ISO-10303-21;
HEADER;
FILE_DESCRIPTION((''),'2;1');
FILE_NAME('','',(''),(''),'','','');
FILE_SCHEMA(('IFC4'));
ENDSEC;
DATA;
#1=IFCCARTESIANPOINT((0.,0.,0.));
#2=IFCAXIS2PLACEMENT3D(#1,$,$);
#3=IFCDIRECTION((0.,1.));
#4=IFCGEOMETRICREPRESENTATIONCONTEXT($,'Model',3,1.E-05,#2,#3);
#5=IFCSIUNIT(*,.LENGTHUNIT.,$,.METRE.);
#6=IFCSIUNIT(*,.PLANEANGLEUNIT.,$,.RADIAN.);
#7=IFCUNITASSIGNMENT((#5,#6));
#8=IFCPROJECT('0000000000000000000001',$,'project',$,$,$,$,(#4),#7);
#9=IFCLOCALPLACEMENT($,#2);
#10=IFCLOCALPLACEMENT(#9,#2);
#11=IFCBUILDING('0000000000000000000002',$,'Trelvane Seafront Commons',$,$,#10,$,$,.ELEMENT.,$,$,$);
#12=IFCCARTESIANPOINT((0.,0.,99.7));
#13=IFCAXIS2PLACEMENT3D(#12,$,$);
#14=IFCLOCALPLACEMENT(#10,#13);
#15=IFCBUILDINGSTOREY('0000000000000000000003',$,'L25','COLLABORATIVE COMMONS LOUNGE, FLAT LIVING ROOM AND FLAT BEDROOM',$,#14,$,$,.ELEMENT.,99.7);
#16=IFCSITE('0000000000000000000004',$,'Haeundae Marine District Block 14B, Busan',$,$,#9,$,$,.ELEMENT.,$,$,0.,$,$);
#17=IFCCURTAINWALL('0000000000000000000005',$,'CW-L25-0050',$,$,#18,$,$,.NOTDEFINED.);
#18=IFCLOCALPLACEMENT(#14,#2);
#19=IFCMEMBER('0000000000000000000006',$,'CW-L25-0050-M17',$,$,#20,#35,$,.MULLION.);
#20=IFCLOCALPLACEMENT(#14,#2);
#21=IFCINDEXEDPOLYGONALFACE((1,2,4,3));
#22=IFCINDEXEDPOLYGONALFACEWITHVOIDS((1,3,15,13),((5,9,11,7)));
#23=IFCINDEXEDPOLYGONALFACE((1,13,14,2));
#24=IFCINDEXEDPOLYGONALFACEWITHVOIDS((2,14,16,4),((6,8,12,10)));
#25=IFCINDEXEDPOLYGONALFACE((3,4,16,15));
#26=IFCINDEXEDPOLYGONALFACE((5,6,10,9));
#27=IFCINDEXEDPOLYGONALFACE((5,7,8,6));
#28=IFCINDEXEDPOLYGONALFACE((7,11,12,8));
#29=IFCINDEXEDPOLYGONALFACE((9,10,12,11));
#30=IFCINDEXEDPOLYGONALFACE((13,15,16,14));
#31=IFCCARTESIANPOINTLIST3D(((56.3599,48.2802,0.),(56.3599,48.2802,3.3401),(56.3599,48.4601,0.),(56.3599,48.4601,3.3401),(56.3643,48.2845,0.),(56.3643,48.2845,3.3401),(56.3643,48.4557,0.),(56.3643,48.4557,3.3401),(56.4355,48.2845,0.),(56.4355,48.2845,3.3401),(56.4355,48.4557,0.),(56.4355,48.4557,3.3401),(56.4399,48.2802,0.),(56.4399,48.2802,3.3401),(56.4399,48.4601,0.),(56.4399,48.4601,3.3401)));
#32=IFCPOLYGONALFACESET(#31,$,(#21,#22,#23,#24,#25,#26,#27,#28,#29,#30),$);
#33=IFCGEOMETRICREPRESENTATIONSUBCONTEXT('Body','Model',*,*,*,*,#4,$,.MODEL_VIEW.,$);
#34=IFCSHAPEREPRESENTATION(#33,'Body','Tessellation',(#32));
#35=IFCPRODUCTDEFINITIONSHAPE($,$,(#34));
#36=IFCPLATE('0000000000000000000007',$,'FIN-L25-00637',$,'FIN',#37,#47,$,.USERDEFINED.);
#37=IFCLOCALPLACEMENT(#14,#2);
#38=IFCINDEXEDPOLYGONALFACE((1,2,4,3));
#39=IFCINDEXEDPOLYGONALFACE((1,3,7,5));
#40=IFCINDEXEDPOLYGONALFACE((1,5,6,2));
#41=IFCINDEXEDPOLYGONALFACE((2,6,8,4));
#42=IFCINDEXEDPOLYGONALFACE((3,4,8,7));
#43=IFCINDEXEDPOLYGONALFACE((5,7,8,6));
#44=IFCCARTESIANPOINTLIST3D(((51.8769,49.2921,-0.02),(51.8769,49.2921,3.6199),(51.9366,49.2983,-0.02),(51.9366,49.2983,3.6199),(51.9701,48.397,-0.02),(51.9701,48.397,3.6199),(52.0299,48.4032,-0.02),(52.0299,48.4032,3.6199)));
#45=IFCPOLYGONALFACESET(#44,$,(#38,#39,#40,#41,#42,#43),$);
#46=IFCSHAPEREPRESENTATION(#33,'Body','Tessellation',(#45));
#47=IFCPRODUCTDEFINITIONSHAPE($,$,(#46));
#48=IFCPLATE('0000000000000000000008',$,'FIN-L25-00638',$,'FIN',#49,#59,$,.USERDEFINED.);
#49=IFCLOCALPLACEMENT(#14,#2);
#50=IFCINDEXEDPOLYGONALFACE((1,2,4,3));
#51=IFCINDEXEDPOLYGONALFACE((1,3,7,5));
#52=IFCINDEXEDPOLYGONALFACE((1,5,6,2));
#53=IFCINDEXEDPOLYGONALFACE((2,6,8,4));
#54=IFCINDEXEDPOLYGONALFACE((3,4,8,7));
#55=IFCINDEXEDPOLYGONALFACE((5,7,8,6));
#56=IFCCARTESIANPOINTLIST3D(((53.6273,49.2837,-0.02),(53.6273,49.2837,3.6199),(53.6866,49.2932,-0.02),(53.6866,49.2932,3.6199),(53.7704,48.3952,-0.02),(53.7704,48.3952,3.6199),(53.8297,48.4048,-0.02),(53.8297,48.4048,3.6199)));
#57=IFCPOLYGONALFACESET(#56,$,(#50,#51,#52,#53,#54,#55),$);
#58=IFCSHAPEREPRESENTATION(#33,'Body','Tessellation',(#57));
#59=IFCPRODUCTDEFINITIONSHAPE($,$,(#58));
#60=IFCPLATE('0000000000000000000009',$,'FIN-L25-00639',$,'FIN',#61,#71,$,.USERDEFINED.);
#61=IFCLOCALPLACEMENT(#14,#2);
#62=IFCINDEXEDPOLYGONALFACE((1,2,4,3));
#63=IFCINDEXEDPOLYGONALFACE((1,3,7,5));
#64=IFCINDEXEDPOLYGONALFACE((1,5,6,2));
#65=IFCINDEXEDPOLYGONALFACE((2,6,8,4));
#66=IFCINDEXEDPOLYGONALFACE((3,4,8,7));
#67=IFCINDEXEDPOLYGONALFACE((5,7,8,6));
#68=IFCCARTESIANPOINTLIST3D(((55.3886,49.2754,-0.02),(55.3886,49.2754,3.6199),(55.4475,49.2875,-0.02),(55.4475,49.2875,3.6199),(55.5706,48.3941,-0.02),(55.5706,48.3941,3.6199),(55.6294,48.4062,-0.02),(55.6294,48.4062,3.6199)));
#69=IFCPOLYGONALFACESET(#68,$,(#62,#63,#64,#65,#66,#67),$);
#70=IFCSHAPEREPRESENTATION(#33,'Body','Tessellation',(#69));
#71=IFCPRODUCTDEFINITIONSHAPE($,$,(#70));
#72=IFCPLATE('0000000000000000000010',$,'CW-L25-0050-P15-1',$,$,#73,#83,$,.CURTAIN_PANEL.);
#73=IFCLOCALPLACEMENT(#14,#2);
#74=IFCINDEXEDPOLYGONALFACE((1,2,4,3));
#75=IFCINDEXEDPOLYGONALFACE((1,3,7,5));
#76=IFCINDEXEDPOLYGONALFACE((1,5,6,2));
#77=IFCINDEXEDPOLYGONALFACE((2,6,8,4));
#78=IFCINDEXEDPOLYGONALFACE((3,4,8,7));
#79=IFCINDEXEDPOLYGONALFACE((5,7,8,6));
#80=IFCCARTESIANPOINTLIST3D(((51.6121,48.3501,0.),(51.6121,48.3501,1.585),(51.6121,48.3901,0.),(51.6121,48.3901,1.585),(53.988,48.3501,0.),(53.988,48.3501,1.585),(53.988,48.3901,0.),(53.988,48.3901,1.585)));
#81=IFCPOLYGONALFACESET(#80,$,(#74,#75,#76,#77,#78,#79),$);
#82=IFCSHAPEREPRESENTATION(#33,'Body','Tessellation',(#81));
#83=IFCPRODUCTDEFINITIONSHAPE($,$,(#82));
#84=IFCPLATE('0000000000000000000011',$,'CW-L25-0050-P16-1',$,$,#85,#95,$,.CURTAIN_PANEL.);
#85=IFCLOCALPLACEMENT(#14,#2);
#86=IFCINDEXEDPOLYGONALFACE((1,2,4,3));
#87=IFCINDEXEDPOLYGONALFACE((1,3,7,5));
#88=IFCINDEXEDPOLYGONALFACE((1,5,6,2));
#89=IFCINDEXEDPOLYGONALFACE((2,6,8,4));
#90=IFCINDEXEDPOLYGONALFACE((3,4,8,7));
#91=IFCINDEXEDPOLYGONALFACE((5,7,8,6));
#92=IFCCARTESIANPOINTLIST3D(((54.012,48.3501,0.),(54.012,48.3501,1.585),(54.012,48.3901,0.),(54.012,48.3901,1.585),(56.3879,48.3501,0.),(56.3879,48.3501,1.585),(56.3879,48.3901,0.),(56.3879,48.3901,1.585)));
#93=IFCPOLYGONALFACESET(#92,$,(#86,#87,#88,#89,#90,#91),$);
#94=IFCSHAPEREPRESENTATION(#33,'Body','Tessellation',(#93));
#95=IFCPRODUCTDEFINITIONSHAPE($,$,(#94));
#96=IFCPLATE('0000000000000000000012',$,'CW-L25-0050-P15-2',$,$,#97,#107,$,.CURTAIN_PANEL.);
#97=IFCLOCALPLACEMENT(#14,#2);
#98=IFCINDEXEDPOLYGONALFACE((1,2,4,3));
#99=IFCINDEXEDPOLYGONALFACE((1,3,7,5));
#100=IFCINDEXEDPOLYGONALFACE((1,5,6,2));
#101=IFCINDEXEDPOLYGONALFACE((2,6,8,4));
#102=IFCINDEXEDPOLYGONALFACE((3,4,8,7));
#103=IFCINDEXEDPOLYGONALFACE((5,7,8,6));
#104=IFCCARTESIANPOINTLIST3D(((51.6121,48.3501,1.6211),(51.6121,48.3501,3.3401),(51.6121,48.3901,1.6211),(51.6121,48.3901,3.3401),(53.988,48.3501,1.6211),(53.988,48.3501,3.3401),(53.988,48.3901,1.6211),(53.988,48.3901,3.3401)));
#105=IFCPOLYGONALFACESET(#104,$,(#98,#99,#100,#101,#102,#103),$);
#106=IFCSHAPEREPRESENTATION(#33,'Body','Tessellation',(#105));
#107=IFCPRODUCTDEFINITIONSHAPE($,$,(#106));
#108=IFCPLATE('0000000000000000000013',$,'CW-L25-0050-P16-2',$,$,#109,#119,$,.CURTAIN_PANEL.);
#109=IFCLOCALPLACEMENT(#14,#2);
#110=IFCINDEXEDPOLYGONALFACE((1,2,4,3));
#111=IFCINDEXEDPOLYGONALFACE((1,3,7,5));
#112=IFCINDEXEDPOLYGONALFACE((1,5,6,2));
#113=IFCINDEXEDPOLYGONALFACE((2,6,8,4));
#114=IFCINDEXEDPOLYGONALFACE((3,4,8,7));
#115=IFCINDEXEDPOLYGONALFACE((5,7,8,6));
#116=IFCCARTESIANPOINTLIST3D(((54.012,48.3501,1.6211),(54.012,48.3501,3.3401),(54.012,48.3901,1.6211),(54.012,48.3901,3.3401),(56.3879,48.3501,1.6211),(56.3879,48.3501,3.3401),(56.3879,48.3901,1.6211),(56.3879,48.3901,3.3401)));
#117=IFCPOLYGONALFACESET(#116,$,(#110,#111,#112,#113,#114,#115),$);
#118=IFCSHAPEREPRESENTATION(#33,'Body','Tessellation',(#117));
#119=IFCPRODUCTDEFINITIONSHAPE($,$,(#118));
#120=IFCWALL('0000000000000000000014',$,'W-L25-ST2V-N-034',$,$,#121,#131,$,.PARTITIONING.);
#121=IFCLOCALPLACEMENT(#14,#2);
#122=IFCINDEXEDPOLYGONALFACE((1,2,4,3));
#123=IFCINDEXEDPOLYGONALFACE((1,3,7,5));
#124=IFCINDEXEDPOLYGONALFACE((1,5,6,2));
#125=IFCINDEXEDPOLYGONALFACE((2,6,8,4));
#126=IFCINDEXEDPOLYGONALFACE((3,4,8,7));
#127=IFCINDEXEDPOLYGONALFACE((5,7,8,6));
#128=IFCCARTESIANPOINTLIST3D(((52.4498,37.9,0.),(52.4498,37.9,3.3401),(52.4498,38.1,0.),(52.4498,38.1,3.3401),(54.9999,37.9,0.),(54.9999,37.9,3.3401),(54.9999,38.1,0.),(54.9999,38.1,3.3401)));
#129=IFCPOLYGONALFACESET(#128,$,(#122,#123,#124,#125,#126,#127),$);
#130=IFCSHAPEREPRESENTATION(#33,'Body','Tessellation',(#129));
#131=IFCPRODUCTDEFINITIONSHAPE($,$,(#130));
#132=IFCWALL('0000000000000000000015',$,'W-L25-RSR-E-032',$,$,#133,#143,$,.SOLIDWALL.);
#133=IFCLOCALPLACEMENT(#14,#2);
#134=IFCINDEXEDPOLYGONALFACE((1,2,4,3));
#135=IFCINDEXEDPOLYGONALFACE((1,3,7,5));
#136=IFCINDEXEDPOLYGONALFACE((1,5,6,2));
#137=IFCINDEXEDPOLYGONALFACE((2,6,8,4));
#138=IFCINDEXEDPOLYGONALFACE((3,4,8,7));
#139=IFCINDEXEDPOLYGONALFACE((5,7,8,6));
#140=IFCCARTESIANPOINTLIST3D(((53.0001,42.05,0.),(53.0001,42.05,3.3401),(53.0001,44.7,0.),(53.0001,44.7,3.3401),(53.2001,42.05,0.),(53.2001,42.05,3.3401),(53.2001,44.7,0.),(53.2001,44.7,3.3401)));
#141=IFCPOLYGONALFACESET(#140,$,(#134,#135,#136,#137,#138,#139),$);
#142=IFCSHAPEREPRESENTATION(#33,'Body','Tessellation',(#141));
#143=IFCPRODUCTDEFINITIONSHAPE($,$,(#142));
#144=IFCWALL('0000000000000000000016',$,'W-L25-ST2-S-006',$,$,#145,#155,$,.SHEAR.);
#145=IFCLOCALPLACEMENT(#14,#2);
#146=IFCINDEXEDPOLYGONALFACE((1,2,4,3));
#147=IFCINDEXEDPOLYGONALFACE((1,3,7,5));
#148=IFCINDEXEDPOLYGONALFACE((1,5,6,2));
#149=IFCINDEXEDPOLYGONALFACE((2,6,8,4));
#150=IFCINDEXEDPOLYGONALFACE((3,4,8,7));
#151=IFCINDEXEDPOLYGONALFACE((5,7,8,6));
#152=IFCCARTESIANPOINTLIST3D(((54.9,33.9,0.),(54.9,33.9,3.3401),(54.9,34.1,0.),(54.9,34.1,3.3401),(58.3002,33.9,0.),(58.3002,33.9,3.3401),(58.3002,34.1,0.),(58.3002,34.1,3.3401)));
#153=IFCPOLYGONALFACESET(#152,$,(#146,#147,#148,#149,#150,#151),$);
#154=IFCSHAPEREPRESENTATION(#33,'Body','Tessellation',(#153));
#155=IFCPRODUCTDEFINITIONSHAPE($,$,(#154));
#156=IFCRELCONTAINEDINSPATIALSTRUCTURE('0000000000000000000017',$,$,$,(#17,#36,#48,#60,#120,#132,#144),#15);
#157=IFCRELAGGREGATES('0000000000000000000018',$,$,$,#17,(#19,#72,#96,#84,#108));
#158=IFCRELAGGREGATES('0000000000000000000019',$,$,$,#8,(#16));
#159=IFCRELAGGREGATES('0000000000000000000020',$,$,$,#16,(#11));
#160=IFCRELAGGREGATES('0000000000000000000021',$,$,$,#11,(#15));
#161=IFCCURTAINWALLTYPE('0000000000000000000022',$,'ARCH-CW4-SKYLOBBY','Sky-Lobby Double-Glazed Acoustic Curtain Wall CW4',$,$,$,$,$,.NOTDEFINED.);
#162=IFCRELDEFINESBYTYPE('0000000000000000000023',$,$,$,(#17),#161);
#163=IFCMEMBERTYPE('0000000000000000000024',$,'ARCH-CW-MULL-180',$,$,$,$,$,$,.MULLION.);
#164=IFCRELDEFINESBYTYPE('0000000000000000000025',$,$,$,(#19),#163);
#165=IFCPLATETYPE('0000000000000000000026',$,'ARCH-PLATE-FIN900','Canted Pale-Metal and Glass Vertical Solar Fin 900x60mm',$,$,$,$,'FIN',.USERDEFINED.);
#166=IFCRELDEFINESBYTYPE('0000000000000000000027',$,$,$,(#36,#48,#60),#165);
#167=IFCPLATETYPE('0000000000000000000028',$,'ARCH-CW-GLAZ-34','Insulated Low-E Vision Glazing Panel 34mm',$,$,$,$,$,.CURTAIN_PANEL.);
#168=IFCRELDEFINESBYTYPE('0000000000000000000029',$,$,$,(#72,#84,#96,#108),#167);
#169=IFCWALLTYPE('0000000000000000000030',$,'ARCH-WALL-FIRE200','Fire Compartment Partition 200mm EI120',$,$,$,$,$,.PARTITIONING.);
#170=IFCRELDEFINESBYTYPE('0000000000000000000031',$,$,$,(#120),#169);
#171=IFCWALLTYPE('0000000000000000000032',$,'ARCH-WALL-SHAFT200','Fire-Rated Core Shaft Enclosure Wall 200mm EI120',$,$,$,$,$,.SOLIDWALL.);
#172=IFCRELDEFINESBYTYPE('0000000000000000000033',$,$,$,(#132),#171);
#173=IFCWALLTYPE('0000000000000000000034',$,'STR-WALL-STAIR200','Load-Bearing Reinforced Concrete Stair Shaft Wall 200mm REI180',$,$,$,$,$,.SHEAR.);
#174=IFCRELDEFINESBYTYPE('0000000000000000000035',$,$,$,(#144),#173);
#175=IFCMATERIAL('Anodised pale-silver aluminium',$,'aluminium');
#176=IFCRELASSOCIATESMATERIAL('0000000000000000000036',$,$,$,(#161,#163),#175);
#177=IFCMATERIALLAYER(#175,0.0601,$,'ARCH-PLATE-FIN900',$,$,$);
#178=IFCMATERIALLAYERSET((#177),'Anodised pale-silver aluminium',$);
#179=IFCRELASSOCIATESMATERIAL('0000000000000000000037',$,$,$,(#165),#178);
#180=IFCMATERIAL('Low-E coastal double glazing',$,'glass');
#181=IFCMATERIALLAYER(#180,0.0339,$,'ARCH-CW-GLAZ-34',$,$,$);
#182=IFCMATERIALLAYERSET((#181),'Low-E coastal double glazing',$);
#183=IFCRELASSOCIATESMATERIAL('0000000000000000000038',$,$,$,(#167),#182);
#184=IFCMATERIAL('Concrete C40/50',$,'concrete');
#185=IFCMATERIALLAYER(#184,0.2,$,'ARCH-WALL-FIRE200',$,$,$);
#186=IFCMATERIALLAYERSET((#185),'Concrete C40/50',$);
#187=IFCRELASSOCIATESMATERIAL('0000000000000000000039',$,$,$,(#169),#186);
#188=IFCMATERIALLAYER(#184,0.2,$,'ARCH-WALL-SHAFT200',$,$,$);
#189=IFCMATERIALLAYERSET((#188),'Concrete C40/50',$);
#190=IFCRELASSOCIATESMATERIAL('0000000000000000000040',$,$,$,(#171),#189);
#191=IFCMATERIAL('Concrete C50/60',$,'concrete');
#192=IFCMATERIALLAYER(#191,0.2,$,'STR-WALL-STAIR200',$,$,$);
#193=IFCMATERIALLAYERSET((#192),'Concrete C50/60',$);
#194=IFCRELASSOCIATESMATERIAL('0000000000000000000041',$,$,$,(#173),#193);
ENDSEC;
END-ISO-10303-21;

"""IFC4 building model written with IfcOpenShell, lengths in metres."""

from ifc_helpers import new_model, si_unit, direction, frame, frame_2d, origin, origin_2d, place, context, subcontext, project, spatial, rectangle, hollow_rectangle, extrude, source, transform, mapped, material, layer, layer_set, material_profile, profile_set, type_object, element, aggregate, save


model = new_model("IFC4")

# Units and contexts
model_context = context("Model", 3, precision=1e-05, world=origin(), true_north=direction((0.0, 1.0)))
body_context = subcontext(model_context, "Body", "Model", "MODEL_VIEW")
ifc_project = project(units=[si_unit("LENGTHUNIT", "METRE"), si_unit("PLANEANGLEUNIT", "RADIAN")], contexts=[model_context])

# Site, building, storey
site_placement = place(None, origin())
site = spatial("IfcSite", under=ifc_project, at=site_placement, Name="Haeundae Marine District Block 14B, Busan", CompositionType="ELEMENT", RefElevation=0.0)
building_placement = place(site_placement, origin())
building = spatial("IfcBuilding", under=site, at=building_placement, Name="Trelvane Seafront Commons", CompositionType="ELEMENT")
storey_placement = place(building_placement, frame((0.0, 0.0, 99.7)))
storey = spatial("IfcBuildingStorey", under=building, at=storey_placement, Name="L25", Description="COLLABORATIVE COMMONS LOUNGE, FLAT LIVING ROOM AND FLAT BEDROOM", CompositionType="ELEMENT", Elevation=99.7)

# Curtain wall, member
ifc_material_1 = material(Name="Anodised pale-silver aluminium", Category="aluminium")
curtain_wall_type = type_object("IfcCurtainWallType", Name="ARCH-CW4-SKYLOBBY", Description="Sky-Lobby Double-Glazed Acoustic Curtain Wall CW4", PredefinedType="NOTDEFINED", material=ifc_material_1)
curtain_wall_placement = place(storey_placement, origin())
curtain_wall = element("IfcCurtainWall", 1, at=curtain_wall_placement, inside=storey, type_object=curtain_wall_type, Name="CW-L25-0050", PredefinedType="NOTDEFINED")
ifc_material_profile_1 = material_profile(ifc_material_1, hollow_rectangle(XDim=0.0801, YDim=0.1799, WallThickness=0.0044, at=origin_2d()), Name="MULL-80x180x4.5")
ifc_profile_set_1 = profile_set([ifc_material_profile_1], Name="Anodised pale-silver aluminium")
member_type_1 = type_object("IfcMemberType", Name="ARCH-CW-MULL-180", PredefinedType="MULLION", material=ifc_profile_set_1)
shared_shape_1 = source(origin(), body_context, "Body", "SweptSolid", [
    extrude(hollow_rectangle(XDim=0.0801, YDim=0.1799, WallThickness=0.0044, at=origin_2d()), origin(), (0.0, 0.0, 1.0), 3.3401),
])
member_1_placement = place(storey_placement, frame((56.3999, 48.3701, 0.0), z_axis=(0.0, 0.0, 1.0), x_axis=(1.0, 0.0, 0.0)))
member_1 = element("IfcMember", 2, at=member_1_placement, type_object=member_type_1, Name="CW-L25-0050-M17", PredefinedType="MULLION", context=body_context, shape_type="MappedRepresentation", body=[
    mapped(shared_shape_1, transform((0.0, 0.0, 0.0), x_axis=(1.0, 0.0, 0.0), y_axis=(0.0, 1.0, 0.0), z_axis=(0.0, 0.0, 1.0), scale=1.0)),
])

# Plates
ifc_layer_1 = layer(ifc_material_1, 0.0601, Name="ARCH-PLATE-FIN900")
ifc_layer_set_1 = layer_set([ifc_layer_1], Name="Anodised pale-silver aluminium")
plate_type_1 = type_object("IfcPlateType", Name="ARCH-PLATE-FIN900", Description="Canted Pale-Metal and Glass Vertical Solar Fin 900x60mm", ElementType="FIN", PredefinedType="USERDEFINED", material=ifc_layer_set_1)
shared_shape_2 = source(origin(), body_context, "Body", "SweptSolid", [
    extrude(rectangle(XDim=0.8999, YDim=0.0601, at=origin_2d()), origin(), (0.0, 0.0, 1.0), 3.6399),
])
for number, where, z_axis, x_axis, name in (
    (3, (51.9534, 48.8477, -0.02), (0.0, 0.0, 1.0), (-0.103661, 0.994613, 0.0), "FIN-L25-00637"),
    (4, (53.7285, 48.8442, -0.02), (0.0, 0.0, 1.0), (-0.158992, 0.98728, 0.0), "FIN-L25-00638"),
    (5, (55.509, 48.8408, -0.02), (0.0, 0.0, 1.0), (-0.202223, 0.979339, 0.0), "FIN-L25-00639"),
):
    element("IfcPlate", number, at=place(storey_placement, frame(where, z_axis=z_axis, x_axis=x_axis)), inside=storey, type_object=plate_type_1, Name=name, ObjectType="FIN", PredefinedType="USERDEFINED", context=body_context, shape_type="MappedRepresentation", body=[
        mapped(shared_shape_2, transform((0.0, 0.0, 0.0), x_axis=(1.0, 0.0, 0.0), y_axis=(0.0, 1.0, 0.0), z_axis=(0.0, 0.0, 1.0), scale=1.0)),
    ])

# Plates
ifc_material_2 = material(Name="Low-E coastal double glazing", Category="glass")
ifc_layer_2 = layer(ifc_material_2, 0.0339, Name="ARCH-CW-GLAZ-34")
ifc_layer_set_2 = layer_set([ifc_layer_2], Name="Low-E coastal double glazing")
plate_type_2 = type_object("IfcPlateType", Name="ARCH-CW-GLAZ-34", Description="Insulated Low-E Vision Glazing Panel 34mm", PredefinedType="CURTAIN_PANEL", material=ifc_layer_set_2)
shared_shape_3 = source(origin(), body_context, "Body", "SweptSolid", [
    extrude(rectangle(XDim=2.376, YDim=0.04, at=origin_2d()), origin(), (0.0, 0.0, 1.0), 1.585),
])
plate_1_placement = place(storey_placement, frame((52.8, 48.3701, 0.0), z_axis=(0.0, 0.0, 1.0), x_axis=(1.0, 0.0, 0.0)))
plate_1 = element("IfcPlate", 6, at=plate_1_placement, type_object=plate_type_2, Name="CW-L25-0050-P15-1", PredefinedType="CURTAIN_PANEL", context=body_context, shape_type="MappedRepresentation", body=[
    mapped(shared_shape_3, transform((0.0, 0.0, 0.0), x_axis=(1.0, 0.0, 0.0), y_axis=(0.0, 1.0, 0.0), z_axis=(0.0, 0.0, 1.0), scale=1.0)),
])
plate_2_placement = place(storey_placement, frame((55.2, 48.3701, 0.0), z_axis=(0.0, 0.0, 1.0), x_axis=(1.0, 0.0, 0.0)))
plate_2 = element("IfcPlate", 7, at=plate_2_placement, type_object=plate_type_2, Name="CW-L25-0050-P16-1", PredefinedType="CURTAIN_PANEL", context=body_context, shape_type="MappedRepresentation", body=[
    mapped(shared_shape_3, transform((0.0, 0.0, 0.0), x_axis=(1.0, 0.0, 0.0), y_axis=(0.0, 1.0, 0.0), z_axis=(0.0, 0.0, 1.0), scale=1.0)),
])
shared_shape_4 = source(origin(), body_context, "Body", "SweptSolid", [
    extrude(rectangle(XDim=2.376, YDim=0.04, at=origin_2d()), origin(), (0.0, 0.0, 1.0), 1.719),
])
plate_3_placement = place(storey_placement, frame((52.8, 48.3701, 1.6211), z_axis=(0.0, 0.0, 1.0), x_axis=(1.0, 0.0, 0.0)))
plate_3 = element("IfcPlate", 8, at=plate_3_placement, type_object=plate_type_2, Name="CW-L25-0050-P15-2", PredefinedType="CURTAIN_PANEL", context=body_context, shape_type="MappedRepresentation", body=[
    mapped(shared_shape_4, transform((0.0, 0.0, 0.0), x_axis=(1.0, 0.0, 0.0), y_axis=(0.0, 1.0, 0.0), z_axis=(0.0, 0.0, 1.0), scale=1.0)),
])
plate_4_placement = place(storey_placement, frame((55.2, 48.3701, 1.6211), z_axis=(0.0, 0.0, 1.0), x_axis=(1.0, 0.0, 0.0)))
plate_4 = element("IfcPlate", 9, at=plate_4_placement, type_object=plate_type_2, Name="CW-L25-0050-P16-2", PredefinedType="CURTAIN_PANEL", context=body_context, shape_type="MappedRepresentation", body=[
    mapped(shared_shape_4, transform((0.0, 0.0, 0.0), x_axis=(1.0, 0.0, 0.0), y_axis=(0.0, 1.0, 0.0), z_axis=(0.0, 0.0, 1.0), scale=1.0)),
])
aggregate(curtain_wall, [member_1, plate_1, plate_3, plate_2, plate_4])

# Walls
ifc_material_3 = material(Name="Concrete C40/50", Category="concrete")
ifc_layer_3 = layer(ifc_material_3, 0.2, Name="ARCH-WALL-FIRE200")
ifc_layer_set_3 = layer_set([ifc_layer_3], Name="Concrete C40/50")
wall_type_1 = type_object("IfcWallType", Name="ARCH-WALL-FIRE200", Description="Fire Compartment Partition 200mm EI120", PredefinedType="PARTITIONING", material=ifc_layer_set_3)
wall_1_placement = place(storey_placement, frame((52.45, 38.0, 0.0), z_axis=(0.0, 0.0, 1.0), x_axis=(1.0, 0.0, 0.0)))
element("IfcWall", 10, at=wall_1_placement, inside=storey, type_object=wall_type_1, Name="W-L25-ST2V-N-034", PredefinedType="PARTITIONING", context=body_context, shape_type="SweptSolid", body=[
    extrude(rectangle(XDim=2.55, YDim=0.2, at=frame_2d((1.2749, 0.0))), origin(), (0.0, 0.0, 1.0), 3.3401),
])
ifc_layer_4 = layer(ifc_material_3, 0.2, Name="ARCH-WALL-SHAFT200")
ifc_layer_set_4 = layer_set([ifc_layer_4], Name="Concrete C40/50")
wall_type_2 = type_object("IfcWallType", Name="ARCH-WALL-SHAFT200", Description="Fire-Rated Core Shaft Enclosure Wall 200mm EI120", PredefinedType="SOLIDWALL", material=ifc_layer_set_4)
wall_2_placement = place(storey_placement, frame((53.1001, 42.05, 0.0), z_axis=(0.0, 0.0, 1.0), x_axis=(0.0, 1.0, 0.0)))
element("IfcWall", 11, at=wall_2_placement, inside=storey, type_object=wall_type_2, Name="W-L25-RSR-E-032", PredefinedType="SOLIDWALL", context=body_context, shape_type="SweptSolid", body=[
    extrude(rectangle(XDim=2.6499, YDim=0.2, at=frame_2d((1.325, 0.0))), origin(), (0.0, 0.0, 1.0), 3.3401),
])
ifc_material_4 = material(Name="Concrete C50/60", Category="concrete")
ifc_layer_5 = layer(ifc_material_4, 0.2, Name="STR-WALL-STAIR200")
ifc_layer_set_5 = layer_set([ifc_layer_5], Name="Concrete C50/60")
wall_type_3 = type_object("IfcWallType", Name="STR-WALL-STAIR200", Description="Load-Bearing Reinforced Concrete Stair Shaft Wall 200mm REI180", PredefinedType="SHEAR", material=ifc_layer_set_5)
wall_3_placement = place(storey_placement, frame((54.8999, 34.0, 0.0), z_axis=(0.0, 0.0, 1.0), x_axis=(1.0, 0.0, 0.0)))
element("IfcWall", 12, at=wall_3_placement, inside=storey, type_object=wall_type_3, Name="W-L25-ST2-S-006", PredefinedType="SHEAR", context=body_context, shape_type="SweptSolid", body=[
    extrude(rectangle(XDim=3.4001, YDim=0.2, at=frame_2d((1.7002, 0.0))), origin(), (0.0, 0.0, 1.0), 3.3401),
])

save(model, "model.ifc")
